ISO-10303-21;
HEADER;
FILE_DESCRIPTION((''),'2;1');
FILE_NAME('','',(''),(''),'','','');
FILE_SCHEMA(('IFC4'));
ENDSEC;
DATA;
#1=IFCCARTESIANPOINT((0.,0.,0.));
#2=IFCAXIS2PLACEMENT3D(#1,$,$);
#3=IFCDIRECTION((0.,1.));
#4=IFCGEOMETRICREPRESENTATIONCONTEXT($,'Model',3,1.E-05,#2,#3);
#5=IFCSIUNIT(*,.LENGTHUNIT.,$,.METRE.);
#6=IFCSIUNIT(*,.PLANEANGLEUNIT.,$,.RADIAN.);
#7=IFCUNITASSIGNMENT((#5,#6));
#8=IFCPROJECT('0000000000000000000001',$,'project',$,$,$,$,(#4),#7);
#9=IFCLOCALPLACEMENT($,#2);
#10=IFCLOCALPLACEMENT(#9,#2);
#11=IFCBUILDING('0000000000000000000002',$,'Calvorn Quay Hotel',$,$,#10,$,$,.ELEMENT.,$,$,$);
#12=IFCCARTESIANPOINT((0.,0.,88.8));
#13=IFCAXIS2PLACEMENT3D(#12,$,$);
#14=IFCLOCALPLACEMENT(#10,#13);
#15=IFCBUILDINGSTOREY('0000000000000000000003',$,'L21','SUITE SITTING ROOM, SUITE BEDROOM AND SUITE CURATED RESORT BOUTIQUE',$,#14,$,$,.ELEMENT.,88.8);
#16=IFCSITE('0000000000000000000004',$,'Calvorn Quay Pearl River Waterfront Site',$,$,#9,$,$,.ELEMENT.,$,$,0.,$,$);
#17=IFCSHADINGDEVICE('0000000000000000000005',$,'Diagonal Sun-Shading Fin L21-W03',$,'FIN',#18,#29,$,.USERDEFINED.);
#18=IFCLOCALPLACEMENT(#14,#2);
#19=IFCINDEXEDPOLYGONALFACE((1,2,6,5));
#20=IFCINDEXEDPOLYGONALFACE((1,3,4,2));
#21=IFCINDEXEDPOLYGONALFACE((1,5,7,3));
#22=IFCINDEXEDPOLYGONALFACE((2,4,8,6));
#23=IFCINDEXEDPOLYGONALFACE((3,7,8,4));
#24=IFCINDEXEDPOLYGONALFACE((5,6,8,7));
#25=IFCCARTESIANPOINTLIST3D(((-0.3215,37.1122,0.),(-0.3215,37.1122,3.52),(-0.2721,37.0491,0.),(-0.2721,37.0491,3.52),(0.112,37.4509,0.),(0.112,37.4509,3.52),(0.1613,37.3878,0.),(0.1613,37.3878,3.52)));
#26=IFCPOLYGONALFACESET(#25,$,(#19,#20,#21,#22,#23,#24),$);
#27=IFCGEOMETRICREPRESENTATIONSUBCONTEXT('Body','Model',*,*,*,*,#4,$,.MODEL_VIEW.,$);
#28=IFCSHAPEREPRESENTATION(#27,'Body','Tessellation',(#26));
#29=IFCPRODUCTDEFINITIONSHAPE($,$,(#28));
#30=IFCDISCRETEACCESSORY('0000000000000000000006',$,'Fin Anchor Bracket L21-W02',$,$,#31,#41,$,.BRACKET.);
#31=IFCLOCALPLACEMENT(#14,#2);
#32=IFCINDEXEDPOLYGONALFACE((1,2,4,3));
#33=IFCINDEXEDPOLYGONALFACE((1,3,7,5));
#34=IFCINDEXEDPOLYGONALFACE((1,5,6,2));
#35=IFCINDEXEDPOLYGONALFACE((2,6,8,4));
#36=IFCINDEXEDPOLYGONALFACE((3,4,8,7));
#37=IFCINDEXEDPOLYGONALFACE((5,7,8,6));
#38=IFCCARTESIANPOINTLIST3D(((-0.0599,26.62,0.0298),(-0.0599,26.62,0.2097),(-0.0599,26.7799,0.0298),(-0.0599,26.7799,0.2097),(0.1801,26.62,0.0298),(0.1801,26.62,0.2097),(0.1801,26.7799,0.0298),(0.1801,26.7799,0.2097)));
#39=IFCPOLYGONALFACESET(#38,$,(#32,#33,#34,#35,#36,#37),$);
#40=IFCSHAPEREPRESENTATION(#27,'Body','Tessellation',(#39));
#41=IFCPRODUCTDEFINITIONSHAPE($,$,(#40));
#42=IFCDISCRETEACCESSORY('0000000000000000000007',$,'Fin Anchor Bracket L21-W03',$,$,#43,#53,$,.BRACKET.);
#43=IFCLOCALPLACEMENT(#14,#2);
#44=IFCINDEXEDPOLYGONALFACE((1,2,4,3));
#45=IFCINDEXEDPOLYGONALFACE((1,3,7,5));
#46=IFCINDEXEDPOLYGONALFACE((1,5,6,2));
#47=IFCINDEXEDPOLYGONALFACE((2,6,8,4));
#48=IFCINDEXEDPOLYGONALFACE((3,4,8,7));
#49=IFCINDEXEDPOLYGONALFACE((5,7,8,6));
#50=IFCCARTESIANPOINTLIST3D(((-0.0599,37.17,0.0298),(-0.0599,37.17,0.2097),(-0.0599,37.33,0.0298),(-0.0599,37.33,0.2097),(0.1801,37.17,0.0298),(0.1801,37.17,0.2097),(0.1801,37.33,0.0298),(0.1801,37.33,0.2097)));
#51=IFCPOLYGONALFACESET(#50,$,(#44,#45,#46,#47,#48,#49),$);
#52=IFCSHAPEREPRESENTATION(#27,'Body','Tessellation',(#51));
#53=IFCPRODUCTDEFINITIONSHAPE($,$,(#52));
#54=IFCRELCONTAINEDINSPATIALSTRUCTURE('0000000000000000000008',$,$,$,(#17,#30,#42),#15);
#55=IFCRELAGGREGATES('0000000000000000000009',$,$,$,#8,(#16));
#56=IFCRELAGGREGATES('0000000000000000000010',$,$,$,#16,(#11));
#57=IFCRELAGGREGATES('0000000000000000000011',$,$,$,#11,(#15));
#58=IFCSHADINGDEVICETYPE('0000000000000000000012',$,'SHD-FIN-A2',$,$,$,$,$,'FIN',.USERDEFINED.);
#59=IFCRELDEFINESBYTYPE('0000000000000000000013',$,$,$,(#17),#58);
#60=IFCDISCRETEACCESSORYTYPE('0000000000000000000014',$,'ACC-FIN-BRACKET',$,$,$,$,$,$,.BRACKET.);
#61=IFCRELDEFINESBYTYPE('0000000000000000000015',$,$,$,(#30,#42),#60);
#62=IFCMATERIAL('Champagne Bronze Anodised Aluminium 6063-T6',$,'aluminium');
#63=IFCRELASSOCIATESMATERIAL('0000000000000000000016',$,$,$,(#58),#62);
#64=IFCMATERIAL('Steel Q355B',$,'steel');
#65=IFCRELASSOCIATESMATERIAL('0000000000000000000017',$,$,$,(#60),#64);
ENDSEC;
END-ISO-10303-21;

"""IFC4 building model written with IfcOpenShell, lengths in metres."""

from ifc_helpers import new_model, si_unit, direction, frame, origin, origin_2d, place, context, subcontext, project, spatial, rectangle, extrude, material, type_object, element, save


model = new_model("IFC4")

# Units and contexts
model_context = context("Model", 3, precision=1e-05, world=origin(), true_north=direction((0.0, 1.0)))
body_context = subcontext(model_context, "Body", "Model", "MODEL_VIEW")
ifc_project = project(units=[si_unit("LENGTHUNIT", "METRE"), si_unit("PLANEANGLEUNIT", "RADIAN")], contexts=[model_context])

# Site, building, storey
site_placement = place(None, origin())
site = spatial("IfcSite", under=ifc_project, at=site_placement, Name="Calvorn Quay Pearl River Waterfront Site", CompositionType="ELEMENT", RefElevation=0.0)
building_placement = place(site_placement, origin())
building = spatial("IfcBuilding", under=site, at=building_placement, Name="Calvorn Quay Hotel", CompositionType="ELEMENT")
storey_placement = place(building_placement, frame((0.0, 0.0, 88.8)))
storey = spatial("IfcBuildingStorey", under=building, at=storey_placement, Name="L21", Description="SUITE SITTING ROOM, SUITE BEDROOM AND SUITE CURATED RESORT BOUTIQUE", CompositionType="ELEMENT", Elevation=88.8)

# Shading device
ifc_material_1 = material(Name="Champagne Bronze Anodised Aluminium 6063-T6", Category="aluminium")
shading_device_type_1 = type_object("IfcShadingDeviceType", Name="SHD-FIN-A2", ElementType="FIN", PredefinedType="USERDEFINED", material=ifc_material_1)
shading_device_1_placement = place(storey_placement, frame((-0.0801, 37.25, 0.0), z_axis=(0.0, 0.0, 1.0), x_axis=(0.788011, 0.615661, 0.0)))
element("IfcShadingDevice", 1, at=shading_device_1_placement, inside=storey, type_object=shading_device_type_1, Name="Diagonal Sun-Shading Fin L21-W03", ObjectType="FIN", PredefinedType="USERDEFINED", context=body_context, shape_type="SweptSolid", body=[
    extrude(rectangle(XDim=0.55, YDim=0.0801, at=origin_2d()), origin(), (0.0, 0.0, 1.0), 3.52),
])

# Discrete accessories
ifc_material_2 = material(Name="Steel Q355B", Category="steel")
discrete_accessory_type = type_object("IfcDiscreteAccessoryType", Name="ACC-FIN-BRACKET", PredefinedType="BRACKET", material=ifc_material_2)
for number, where, z_axis, x_axis, name in (
    (2, (0.0601, 26.7, 0.0298), (0.0, 0.0, 1.0), (1.0, 0.0, 0.0), "Fin Anchor Bracket L21-W02"),
    (3, (0.0601, 37.25, 0.0298), (0.0, 0.0, 1.0), (1.0, 0.0, 0.0), "Fin Anchor Bracket L21-W03"),
):
    element("IfcDiscreteAccessory", number, at=place(storey_placement, frame(where, z_axis=z_axis, x_axis=x_axis)), inside=storey, type_object=discrete_accessory_type, Name=name, PredefinedType="BRACKET", context=body_context, shape_type="SweptSolid", body=[
        extrude(rectangle(XDim=0.24, YDim=0.1599, at=origin_2d()), origin(), (0.0, 0.0, 1.0), 0.1799),
    ])

save(model, "model.ifc")
